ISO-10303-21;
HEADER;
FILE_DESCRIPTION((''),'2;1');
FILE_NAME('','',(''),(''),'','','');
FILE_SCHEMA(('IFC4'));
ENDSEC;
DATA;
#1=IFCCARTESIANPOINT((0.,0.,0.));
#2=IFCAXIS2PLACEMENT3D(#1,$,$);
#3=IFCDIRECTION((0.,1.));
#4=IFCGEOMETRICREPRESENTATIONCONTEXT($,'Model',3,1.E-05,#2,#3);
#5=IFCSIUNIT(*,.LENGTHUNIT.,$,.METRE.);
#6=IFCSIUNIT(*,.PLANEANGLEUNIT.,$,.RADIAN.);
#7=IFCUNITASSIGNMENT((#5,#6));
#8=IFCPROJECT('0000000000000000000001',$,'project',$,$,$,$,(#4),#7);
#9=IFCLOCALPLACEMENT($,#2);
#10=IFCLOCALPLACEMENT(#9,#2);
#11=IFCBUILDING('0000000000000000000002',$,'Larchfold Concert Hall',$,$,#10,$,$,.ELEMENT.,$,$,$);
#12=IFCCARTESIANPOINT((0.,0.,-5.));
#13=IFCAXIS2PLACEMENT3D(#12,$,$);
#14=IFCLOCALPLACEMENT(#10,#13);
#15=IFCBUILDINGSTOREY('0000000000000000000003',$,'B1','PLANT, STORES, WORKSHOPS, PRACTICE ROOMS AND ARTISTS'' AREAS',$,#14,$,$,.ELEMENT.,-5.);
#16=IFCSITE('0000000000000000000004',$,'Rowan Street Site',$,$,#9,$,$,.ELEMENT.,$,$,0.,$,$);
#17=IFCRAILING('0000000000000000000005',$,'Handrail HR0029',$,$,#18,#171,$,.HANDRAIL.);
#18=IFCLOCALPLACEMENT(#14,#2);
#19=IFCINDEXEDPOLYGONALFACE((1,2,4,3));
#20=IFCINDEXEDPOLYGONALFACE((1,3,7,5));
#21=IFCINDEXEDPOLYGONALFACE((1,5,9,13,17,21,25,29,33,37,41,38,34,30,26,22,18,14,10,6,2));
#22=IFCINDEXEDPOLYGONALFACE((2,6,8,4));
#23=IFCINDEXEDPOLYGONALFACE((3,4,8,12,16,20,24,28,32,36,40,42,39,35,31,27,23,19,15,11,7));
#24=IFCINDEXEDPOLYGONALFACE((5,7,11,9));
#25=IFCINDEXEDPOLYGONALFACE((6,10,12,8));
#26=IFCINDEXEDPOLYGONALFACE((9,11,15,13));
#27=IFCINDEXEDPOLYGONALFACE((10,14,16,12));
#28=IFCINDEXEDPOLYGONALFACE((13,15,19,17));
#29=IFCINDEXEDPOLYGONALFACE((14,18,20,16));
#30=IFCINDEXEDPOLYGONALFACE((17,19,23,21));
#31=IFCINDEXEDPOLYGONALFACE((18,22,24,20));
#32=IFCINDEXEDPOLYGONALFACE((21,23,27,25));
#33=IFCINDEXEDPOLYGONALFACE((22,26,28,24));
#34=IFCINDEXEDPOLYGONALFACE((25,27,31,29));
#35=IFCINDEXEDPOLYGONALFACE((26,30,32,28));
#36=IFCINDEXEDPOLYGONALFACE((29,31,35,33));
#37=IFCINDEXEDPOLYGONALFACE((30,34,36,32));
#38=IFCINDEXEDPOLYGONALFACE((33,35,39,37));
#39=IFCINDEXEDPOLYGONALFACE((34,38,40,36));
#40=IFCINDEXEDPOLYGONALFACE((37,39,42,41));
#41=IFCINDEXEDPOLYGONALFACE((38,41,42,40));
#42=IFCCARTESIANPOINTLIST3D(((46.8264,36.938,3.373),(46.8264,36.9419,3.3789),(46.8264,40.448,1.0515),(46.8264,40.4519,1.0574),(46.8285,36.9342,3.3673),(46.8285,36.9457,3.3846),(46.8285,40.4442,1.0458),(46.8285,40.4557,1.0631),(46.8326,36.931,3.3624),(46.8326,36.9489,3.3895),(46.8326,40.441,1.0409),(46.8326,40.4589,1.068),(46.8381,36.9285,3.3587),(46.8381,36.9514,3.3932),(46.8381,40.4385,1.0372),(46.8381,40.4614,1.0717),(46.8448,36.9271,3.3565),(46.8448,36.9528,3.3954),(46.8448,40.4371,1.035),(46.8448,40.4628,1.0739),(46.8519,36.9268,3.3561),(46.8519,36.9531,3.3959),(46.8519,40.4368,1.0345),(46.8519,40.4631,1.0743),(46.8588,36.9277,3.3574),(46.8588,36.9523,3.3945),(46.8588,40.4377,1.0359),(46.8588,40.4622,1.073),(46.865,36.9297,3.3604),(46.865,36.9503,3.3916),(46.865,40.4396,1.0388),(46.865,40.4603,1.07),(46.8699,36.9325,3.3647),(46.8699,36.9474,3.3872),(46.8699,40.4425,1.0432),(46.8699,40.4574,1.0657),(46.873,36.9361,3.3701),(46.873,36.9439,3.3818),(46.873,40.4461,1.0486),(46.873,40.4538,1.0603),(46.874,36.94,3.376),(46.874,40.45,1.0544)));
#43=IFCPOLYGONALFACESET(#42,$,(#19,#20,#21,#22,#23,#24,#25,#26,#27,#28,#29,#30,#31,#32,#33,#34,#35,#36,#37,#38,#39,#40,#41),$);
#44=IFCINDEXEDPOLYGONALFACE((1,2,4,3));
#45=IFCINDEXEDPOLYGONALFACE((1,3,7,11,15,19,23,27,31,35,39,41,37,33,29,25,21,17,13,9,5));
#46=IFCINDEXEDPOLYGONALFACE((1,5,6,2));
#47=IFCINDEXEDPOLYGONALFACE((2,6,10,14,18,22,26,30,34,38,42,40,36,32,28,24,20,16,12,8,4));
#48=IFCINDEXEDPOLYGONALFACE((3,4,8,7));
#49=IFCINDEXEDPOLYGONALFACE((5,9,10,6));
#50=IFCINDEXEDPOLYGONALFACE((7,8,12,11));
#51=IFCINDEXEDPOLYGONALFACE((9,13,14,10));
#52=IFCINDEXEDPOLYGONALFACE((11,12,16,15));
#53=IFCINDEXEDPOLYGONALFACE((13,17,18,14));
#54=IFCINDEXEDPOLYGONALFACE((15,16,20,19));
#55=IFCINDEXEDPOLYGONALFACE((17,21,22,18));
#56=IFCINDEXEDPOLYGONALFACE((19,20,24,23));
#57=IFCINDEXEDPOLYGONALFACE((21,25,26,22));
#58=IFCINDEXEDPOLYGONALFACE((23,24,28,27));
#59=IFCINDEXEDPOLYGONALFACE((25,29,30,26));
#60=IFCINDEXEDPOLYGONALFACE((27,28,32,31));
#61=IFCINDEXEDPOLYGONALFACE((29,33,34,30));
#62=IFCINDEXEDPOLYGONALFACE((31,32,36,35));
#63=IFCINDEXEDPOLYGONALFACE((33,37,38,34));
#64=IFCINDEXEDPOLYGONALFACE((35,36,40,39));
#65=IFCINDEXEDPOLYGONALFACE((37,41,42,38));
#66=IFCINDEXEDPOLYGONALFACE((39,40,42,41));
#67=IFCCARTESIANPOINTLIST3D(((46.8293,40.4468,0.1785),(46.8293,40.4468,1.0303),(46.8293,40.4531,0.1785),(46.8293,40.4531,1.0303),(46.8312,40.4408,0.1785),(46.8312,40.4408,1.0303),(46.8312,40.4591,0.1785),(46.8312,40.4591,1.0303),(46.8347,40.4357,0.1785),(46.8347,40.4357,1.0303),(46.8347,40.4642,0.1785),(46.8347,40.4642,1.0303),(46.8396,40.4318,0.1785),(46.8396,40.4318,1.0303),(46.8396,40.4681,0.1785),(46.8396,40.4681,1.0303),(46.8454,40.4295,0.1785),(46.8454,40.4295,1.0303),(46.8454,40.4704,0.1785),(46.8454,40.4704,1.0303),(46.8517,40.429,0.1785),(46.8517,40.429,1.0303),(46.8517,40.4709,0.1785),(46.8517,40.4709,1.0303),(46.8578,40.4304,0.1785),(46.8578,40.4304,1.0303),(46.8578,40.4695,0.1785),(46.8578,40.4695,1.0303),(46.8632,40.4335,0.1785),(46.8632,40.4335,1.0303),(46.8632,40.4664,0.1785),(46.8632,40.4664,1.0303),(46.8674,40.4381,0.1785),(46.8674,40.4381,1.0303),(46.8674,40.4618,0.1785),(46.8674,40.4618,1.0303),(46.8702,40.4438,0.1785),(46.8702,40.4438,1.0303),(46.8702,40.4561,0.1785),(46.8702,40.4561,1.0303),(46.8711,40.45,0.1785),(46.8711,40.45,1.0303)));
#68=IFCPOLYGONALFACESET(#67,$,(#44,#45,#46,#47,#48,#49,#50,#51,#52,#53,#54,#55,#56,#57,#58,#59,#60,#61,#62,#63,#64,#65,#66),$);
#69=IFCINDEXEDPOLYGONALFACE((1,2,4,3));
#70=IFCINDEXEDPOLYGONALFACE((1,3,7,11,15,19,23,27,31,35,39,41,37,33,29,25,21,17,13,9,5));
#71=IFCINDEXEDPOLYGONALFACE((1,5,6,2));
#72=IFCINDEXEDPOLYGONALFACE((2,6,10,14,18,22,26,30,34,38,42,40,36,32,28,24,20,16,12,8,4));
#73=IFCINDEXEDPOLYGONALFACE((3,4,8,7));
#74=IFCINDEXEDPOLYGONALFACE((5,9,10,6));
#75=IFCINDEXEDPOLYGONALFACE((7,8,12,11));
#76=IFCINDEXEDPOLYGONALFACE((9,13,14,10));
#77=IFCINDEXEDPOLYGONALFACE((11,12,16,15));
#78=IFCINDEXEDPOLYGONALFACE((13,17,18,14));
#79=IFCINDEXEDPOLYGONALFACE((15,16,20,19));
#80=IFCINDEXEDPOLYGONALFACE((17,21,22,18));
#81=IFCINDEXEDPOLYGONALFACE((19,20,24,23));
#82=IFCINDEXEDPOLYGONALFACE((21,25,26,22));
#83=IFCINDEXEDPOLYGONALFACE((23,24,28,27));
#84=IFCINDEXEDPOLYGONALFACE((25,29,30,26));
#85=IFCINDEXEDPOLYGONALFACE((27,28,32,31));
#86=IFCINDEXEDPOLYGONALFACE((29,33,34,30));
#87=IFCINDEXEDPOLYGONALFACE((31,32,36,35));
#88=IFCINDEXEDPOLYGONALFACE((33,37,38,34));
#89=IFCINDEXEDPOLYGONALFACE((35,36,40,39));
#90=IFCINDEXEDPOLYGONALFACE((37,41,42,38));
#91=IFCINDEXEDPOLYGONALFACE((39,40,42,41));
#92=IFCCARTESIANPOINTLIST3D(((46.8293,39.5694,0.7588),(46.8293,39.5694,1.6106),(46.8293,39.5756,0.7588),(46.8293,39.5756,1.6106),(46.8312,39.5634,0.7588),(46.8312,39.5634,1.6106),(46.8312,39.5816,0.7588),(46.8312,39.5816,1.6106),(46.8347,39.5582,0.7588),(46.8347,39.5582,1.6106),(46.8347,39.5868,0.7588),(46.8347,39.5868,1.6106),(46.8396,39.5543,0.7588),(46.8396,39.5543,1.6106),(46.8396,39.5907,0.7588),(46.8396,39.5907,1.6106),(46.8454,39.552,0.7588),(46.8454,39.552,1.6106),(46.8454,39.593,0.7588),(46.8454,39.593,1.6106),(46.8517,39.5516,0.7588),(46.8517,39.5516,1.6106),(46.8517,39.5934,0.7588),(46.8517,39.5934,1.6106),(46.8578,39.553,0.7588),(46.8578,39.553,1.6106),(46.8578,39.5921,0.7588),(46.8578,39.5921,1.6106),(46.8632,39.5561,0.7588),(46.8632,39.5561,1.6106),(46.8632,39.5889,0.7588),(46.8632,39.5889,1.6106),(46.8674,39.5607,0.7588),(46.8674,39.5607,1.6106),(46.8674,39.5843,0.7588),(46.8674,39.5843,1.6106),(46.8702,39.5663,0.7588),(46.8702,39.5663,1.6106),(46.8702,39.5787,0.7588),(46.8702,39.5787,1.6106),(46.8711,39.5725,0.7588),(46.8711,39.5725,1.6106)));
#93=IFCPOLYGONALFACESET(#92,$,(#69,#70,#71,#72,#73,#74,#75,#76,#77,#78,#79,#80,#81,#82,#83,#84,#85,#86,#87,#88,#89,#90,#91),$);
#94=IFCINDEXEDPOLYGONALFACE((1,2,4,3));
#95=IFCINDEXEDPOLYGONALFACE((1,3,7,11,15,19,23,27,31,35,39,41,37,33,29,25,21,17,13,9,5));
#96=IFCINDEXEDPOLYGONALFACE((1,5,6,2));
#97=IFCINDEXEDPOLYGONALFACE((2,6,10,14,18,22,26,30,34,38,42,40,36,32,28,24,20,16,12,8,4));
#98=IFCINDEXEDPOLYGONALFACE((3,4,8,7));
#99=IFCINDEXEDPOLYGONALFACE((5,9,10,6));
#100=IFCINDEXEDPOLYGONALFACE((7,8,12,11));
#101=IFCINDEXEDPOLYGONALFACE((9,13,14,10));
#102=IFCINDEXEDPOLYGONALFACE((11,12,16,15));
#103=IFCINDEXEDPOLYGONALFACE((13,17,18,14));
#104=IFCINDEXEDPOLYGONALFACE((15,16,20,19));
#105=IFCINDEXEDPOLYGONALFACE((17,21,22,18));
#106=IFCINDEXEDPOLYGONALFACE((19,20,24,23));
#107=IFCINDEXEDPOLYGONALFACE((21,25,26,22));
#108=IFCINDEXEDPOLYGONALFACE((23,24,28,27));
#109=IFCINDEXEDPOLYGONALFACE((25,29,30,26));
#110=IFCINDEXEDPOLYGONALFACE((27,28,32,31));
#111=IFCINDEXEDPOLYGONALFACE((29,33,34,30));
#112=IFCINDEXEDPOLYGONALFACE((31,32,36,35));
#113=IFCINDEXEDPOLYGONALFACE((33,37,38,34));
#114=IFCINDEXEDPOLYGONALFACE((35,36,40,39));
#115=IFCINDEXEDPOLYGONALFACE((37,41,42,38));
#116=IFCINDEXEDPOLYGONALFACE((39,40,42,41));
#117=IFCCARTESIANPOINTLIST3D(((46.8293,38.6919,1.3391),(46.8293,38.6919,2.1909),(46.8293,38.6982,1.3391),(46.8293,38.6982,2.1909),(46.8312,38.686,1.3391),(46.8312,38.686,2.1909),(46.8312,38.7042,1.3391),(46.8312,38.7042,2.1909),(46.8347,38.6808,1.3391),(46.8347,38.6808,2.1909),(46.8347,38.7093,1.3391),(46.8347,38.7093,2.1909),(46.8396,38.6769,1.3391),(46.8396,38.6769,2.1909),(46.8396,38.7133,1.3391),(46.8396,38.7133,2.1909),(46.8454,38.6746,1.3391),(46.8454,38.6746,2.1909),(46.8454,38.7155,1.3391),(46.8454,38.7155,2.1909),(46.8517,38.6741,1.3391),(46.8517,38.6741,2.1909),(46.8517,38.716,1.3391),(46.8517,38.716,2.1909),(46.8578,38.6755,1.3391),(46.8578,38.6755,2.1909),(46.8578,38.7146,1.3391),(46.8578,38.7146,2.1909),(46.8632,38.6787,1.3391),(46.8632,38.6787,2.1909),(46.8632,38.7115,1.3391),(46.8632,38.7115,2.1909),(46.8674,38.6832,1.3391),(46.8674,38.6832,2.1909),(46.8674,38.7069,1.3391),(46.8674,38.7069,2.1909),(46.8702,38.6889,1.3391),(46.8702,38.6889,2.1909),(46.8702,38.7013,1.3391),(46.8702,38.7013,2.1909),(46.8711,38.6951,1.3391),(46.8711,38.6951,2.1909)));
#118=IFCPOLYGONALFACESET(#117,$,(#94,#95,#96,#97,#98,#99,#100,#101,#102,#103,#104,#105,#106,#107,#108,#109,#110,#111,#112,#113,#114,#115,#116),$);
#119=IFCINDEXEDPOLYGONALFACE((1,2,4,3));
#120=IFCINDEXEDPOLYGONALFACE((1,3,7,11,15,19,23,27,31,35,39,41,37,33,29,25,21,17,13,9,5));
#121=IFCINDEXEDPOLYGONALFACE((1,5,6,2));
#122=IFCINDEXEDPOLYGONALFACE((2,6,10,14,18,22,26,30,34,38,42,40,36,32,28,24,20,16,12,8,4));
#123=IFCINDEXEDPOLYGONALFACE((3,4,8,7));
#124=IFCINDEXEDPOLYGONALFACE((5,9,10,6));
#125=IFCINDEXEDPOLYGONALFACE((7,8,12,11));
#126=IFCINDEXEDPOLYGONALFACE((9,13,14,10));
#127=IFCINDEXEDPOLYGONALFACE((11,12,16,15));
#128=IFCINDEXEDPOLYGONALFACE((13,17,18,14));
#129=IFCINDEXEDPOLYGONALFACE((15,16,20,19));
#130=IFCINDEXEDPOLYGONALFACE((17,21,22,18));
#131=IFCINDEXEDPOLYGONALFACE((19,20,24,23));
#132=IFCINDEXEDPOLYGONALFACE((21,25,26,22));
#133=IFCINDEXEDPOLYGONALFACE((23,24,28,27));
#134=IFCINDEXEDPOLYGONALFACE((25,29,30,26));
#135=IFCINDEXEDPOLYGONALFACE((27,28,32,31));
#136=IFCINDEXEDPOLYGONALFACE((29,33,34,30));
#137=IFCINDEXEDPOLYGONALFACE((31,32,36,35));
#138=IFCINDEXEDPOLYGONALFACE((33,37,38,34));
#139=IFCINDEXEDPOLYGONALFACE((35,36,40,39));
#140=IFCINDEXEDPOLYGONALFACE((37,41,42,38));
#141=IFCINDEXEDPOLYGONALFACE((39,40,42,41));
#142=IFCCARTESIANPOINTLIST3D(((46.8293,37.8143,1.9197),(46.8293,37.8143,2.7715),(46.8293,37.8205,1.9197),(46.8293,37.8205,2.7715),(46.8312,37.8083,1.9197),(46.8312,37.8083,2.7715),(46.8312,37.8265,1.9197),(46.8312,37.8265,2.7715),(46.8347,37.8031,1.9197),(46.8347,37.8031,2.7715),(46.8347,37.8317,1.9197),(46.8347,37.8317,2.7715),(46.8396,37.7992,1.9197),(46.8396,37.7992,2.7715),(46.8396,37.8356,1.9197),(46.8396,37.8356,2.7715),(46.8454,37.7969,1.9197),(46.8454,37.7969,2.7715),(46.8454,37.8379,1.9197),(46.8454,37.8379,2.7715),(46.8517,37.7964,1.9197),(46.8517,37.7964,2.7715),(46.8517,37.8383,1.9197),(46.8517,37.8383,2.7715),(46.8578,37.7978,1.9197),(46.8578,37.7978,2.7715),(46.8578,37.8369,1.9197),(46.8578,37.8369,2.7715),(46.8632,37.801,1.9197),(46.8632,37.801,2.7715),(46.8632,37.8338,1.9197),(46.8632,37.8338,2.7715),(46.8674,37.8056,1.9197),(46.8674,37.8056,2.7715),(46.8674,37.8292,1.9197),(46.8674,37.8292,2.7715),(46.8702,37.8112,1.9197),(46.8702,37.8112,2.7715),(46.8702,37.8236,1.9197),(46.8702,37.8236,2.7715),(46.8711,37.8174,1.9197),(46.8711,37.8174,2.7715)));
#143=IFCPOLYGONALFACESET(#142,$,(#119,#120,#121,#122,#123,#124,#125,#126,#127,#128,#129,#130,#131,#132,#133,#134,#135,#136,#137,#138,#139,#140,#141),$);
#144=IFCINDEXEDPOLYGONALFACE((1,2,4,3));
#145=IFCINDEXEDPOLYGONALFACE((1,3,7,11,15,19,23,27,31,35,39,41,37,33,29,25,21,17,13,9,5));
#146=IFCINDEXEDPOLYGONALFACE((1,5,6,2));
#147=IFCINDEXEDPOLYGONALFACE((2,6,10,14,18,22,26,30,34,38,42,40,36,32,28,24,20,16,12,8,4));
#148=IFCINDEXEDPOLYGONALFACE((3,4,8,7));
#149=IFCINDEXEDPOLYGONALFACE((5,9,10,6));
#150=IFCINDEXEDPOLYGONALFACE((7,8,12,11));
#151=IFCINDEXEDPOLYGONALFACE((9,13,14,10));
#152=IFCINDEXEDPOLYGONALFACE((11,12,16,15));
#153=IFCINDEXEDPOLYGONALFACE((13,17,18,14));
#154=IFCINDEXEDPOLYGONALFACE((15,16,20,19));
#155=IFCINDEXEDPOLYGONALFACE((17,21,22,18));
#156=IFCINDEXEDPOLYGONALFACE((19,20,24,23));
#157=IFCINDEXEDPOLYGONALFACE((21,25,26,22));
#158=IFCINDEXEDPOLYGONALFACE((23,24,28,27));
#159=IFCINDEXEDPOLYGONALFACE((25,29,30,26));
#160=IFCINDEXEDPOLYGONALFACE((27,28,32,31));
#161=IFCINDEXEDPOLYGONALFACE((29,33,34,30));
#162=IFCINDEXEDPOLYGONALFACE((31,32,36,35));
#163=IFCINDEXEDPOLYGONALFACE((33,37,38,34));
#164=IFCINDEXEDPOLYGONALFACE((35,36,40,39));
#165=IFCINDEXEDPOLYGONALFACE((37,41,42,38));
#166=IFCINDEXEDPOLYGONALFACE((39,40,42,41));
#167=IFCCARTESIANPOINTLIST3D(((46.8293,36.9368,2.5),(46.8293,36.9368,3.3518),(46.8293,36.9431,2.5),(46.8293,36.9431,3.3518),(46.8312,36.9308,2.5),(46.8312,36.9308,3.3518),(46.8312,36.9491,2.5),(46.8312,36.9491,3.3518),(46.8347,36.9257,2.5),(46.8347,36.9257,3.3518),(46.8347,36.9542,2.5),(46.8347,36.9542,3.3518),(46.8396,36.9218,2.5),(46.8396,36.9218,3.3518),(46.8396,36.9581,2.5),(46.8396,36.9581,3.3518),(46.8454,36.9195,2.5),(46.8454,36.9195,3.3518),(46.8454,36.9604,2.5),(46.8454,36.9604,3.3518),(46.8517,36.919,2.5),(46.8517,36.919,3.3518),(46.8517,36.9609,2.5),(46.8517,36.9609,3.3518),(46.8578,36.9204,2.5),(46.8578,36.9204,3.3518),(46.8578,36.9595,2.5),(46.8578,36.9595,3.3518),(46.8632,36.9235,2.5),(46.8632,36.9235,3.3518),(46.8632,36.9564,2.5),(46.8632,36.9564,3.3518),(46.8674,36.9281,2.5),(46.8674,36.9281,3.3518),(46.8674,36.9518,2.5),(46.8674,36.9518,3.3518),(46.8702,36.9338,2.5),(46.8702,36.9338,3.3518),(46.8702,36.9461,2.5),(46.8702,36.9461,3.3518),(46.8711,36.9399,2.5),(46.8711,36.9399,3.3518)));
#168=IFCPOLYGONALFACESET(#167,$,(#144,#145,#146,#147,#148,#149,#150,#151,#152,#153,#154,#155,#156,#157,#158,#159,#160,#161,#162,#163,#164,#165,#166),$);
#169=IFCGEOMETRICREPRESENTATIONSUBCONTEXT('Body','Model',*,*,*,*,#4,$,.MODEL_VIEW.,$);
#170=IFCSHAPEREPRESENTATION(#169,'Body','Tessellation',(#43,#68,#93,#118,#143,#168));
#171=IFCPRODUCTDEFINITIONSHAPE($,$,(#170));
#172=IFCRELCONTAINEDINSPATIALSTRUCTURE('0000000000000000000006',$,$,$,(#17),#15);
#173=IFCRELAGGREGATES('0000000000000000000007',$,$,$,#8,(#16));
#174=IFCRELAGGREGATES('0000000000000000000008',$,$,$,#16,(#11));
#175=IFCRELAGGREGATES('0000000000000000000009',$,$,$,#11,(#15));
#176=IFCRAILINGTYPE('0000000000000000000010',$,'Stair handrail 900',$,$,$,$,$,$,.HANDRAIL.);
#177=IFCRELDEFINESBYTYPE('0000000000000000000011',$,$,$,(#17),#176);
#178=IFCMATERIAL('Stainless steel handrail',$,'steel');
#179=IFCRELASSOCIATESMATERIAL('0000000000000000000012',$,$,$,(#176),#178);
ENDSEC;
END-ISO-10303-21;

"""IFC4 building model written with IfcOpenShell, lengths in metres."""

from ifc_helpers import new_model, si_unit, direction, frame, origin, origin_2d, place, context, subcontext, project, spatial, circle, extrude, material, type_object, element, save


model = new_model("IFC4")

# Units and contexts
model_context = context("Model", 3, precision=1e-05, world=origin(), true_north=direction((0.0, 1.0)))
body_context = subcontext(model_context, "Body", "Model", "MODEL_VIEW")
ifc_project = project(units=[si_unit("LENGTHUNIT", "METRE"), si_unit("PLANEANGLEUNIT", "RADIAN")], contexts=[model_context])

# Site, building, storey
site_placement = place(None, origin())
site = spatial("IfcSite", under=ifc_project, at=site_placement, Name="Rowan Street Site", CompositionType="ELEMENT", RefElevation=0.0)
building_placement = place(site_placement, origin())
building = spatial("IfcBuilding", under=site, at=building_placement, Name="Larchfold Concert Hall", CompositionType="ELEMENT")
storey_placement = place(building_placement, frame((0.0, 0.0, -5.0)))
storey = spatial("IfcBuildingStorey", under=building, at=storey_placement, Name="B1", Description="PLANT, STORES, WORKSHOPS, PRACTICE ROOMS AND ARTISTS' AREAS", CompositionType="ELEMENT", Elevation=-5.0)

# Railing
ifc_material_1 = material(Name="Stainless steel handrail", Category="steel")
railing_type_1 = type_object("IfcRailingType", Name="Stair handrail 900", PredefinedType="HANDRAIL", material=ifc_material_1)
for number, where, name in (
    (1, (46.8501, 40.45, 0.1785), "Handrail HR0029"),
):
    element("IfcRailing", number, at=place(storey_placement, frame(where)), inside=storey, type_object=railing_type_1, Name=name, PredefinedType="HANDRAIL", context=body_context, shape_type="SweptSolid", body=[
        extrude(circle(Radius=0.0239, at=origin_2d()), frame((0.0, 0.0, 0.876), z_axis=(0.0, -0.834071, 0.551657), x_axis=(1.0, 0.0, 0.0)), (0.0, 0.0, 1.0), 4.2083),
        extrude(circle(Radius=0.021, at=origin_2d()), origin(), (0.0, 0.0, 1.0), 0.8518),
        extrude(circle(Radius=0.021, at=origin_2d()), frame((0.0, -0.8774, 0.5803)), (0.0, 0.0, 1.0), 0.8518),
        extrude(circle(Radius=0.021, at=origin_2d()), frame((0.0, -1.7549, 1.1606)), (0.0, 0.0, 1.0), 0.8518),
        extrude(circle(Radius=0.021, at=origin_2d()), frame((0.0, -2.6326, 1.7412)), (0.0, 0.0, 1.0), 0.8518),
        extrude(circle(Radius=0.021, at=origin_2d()), frame((0.0, -3.51, 2.3215)), (0.0, 0.0, 1.0), 0.8518),
    ])

save(model, "model.ifc")
